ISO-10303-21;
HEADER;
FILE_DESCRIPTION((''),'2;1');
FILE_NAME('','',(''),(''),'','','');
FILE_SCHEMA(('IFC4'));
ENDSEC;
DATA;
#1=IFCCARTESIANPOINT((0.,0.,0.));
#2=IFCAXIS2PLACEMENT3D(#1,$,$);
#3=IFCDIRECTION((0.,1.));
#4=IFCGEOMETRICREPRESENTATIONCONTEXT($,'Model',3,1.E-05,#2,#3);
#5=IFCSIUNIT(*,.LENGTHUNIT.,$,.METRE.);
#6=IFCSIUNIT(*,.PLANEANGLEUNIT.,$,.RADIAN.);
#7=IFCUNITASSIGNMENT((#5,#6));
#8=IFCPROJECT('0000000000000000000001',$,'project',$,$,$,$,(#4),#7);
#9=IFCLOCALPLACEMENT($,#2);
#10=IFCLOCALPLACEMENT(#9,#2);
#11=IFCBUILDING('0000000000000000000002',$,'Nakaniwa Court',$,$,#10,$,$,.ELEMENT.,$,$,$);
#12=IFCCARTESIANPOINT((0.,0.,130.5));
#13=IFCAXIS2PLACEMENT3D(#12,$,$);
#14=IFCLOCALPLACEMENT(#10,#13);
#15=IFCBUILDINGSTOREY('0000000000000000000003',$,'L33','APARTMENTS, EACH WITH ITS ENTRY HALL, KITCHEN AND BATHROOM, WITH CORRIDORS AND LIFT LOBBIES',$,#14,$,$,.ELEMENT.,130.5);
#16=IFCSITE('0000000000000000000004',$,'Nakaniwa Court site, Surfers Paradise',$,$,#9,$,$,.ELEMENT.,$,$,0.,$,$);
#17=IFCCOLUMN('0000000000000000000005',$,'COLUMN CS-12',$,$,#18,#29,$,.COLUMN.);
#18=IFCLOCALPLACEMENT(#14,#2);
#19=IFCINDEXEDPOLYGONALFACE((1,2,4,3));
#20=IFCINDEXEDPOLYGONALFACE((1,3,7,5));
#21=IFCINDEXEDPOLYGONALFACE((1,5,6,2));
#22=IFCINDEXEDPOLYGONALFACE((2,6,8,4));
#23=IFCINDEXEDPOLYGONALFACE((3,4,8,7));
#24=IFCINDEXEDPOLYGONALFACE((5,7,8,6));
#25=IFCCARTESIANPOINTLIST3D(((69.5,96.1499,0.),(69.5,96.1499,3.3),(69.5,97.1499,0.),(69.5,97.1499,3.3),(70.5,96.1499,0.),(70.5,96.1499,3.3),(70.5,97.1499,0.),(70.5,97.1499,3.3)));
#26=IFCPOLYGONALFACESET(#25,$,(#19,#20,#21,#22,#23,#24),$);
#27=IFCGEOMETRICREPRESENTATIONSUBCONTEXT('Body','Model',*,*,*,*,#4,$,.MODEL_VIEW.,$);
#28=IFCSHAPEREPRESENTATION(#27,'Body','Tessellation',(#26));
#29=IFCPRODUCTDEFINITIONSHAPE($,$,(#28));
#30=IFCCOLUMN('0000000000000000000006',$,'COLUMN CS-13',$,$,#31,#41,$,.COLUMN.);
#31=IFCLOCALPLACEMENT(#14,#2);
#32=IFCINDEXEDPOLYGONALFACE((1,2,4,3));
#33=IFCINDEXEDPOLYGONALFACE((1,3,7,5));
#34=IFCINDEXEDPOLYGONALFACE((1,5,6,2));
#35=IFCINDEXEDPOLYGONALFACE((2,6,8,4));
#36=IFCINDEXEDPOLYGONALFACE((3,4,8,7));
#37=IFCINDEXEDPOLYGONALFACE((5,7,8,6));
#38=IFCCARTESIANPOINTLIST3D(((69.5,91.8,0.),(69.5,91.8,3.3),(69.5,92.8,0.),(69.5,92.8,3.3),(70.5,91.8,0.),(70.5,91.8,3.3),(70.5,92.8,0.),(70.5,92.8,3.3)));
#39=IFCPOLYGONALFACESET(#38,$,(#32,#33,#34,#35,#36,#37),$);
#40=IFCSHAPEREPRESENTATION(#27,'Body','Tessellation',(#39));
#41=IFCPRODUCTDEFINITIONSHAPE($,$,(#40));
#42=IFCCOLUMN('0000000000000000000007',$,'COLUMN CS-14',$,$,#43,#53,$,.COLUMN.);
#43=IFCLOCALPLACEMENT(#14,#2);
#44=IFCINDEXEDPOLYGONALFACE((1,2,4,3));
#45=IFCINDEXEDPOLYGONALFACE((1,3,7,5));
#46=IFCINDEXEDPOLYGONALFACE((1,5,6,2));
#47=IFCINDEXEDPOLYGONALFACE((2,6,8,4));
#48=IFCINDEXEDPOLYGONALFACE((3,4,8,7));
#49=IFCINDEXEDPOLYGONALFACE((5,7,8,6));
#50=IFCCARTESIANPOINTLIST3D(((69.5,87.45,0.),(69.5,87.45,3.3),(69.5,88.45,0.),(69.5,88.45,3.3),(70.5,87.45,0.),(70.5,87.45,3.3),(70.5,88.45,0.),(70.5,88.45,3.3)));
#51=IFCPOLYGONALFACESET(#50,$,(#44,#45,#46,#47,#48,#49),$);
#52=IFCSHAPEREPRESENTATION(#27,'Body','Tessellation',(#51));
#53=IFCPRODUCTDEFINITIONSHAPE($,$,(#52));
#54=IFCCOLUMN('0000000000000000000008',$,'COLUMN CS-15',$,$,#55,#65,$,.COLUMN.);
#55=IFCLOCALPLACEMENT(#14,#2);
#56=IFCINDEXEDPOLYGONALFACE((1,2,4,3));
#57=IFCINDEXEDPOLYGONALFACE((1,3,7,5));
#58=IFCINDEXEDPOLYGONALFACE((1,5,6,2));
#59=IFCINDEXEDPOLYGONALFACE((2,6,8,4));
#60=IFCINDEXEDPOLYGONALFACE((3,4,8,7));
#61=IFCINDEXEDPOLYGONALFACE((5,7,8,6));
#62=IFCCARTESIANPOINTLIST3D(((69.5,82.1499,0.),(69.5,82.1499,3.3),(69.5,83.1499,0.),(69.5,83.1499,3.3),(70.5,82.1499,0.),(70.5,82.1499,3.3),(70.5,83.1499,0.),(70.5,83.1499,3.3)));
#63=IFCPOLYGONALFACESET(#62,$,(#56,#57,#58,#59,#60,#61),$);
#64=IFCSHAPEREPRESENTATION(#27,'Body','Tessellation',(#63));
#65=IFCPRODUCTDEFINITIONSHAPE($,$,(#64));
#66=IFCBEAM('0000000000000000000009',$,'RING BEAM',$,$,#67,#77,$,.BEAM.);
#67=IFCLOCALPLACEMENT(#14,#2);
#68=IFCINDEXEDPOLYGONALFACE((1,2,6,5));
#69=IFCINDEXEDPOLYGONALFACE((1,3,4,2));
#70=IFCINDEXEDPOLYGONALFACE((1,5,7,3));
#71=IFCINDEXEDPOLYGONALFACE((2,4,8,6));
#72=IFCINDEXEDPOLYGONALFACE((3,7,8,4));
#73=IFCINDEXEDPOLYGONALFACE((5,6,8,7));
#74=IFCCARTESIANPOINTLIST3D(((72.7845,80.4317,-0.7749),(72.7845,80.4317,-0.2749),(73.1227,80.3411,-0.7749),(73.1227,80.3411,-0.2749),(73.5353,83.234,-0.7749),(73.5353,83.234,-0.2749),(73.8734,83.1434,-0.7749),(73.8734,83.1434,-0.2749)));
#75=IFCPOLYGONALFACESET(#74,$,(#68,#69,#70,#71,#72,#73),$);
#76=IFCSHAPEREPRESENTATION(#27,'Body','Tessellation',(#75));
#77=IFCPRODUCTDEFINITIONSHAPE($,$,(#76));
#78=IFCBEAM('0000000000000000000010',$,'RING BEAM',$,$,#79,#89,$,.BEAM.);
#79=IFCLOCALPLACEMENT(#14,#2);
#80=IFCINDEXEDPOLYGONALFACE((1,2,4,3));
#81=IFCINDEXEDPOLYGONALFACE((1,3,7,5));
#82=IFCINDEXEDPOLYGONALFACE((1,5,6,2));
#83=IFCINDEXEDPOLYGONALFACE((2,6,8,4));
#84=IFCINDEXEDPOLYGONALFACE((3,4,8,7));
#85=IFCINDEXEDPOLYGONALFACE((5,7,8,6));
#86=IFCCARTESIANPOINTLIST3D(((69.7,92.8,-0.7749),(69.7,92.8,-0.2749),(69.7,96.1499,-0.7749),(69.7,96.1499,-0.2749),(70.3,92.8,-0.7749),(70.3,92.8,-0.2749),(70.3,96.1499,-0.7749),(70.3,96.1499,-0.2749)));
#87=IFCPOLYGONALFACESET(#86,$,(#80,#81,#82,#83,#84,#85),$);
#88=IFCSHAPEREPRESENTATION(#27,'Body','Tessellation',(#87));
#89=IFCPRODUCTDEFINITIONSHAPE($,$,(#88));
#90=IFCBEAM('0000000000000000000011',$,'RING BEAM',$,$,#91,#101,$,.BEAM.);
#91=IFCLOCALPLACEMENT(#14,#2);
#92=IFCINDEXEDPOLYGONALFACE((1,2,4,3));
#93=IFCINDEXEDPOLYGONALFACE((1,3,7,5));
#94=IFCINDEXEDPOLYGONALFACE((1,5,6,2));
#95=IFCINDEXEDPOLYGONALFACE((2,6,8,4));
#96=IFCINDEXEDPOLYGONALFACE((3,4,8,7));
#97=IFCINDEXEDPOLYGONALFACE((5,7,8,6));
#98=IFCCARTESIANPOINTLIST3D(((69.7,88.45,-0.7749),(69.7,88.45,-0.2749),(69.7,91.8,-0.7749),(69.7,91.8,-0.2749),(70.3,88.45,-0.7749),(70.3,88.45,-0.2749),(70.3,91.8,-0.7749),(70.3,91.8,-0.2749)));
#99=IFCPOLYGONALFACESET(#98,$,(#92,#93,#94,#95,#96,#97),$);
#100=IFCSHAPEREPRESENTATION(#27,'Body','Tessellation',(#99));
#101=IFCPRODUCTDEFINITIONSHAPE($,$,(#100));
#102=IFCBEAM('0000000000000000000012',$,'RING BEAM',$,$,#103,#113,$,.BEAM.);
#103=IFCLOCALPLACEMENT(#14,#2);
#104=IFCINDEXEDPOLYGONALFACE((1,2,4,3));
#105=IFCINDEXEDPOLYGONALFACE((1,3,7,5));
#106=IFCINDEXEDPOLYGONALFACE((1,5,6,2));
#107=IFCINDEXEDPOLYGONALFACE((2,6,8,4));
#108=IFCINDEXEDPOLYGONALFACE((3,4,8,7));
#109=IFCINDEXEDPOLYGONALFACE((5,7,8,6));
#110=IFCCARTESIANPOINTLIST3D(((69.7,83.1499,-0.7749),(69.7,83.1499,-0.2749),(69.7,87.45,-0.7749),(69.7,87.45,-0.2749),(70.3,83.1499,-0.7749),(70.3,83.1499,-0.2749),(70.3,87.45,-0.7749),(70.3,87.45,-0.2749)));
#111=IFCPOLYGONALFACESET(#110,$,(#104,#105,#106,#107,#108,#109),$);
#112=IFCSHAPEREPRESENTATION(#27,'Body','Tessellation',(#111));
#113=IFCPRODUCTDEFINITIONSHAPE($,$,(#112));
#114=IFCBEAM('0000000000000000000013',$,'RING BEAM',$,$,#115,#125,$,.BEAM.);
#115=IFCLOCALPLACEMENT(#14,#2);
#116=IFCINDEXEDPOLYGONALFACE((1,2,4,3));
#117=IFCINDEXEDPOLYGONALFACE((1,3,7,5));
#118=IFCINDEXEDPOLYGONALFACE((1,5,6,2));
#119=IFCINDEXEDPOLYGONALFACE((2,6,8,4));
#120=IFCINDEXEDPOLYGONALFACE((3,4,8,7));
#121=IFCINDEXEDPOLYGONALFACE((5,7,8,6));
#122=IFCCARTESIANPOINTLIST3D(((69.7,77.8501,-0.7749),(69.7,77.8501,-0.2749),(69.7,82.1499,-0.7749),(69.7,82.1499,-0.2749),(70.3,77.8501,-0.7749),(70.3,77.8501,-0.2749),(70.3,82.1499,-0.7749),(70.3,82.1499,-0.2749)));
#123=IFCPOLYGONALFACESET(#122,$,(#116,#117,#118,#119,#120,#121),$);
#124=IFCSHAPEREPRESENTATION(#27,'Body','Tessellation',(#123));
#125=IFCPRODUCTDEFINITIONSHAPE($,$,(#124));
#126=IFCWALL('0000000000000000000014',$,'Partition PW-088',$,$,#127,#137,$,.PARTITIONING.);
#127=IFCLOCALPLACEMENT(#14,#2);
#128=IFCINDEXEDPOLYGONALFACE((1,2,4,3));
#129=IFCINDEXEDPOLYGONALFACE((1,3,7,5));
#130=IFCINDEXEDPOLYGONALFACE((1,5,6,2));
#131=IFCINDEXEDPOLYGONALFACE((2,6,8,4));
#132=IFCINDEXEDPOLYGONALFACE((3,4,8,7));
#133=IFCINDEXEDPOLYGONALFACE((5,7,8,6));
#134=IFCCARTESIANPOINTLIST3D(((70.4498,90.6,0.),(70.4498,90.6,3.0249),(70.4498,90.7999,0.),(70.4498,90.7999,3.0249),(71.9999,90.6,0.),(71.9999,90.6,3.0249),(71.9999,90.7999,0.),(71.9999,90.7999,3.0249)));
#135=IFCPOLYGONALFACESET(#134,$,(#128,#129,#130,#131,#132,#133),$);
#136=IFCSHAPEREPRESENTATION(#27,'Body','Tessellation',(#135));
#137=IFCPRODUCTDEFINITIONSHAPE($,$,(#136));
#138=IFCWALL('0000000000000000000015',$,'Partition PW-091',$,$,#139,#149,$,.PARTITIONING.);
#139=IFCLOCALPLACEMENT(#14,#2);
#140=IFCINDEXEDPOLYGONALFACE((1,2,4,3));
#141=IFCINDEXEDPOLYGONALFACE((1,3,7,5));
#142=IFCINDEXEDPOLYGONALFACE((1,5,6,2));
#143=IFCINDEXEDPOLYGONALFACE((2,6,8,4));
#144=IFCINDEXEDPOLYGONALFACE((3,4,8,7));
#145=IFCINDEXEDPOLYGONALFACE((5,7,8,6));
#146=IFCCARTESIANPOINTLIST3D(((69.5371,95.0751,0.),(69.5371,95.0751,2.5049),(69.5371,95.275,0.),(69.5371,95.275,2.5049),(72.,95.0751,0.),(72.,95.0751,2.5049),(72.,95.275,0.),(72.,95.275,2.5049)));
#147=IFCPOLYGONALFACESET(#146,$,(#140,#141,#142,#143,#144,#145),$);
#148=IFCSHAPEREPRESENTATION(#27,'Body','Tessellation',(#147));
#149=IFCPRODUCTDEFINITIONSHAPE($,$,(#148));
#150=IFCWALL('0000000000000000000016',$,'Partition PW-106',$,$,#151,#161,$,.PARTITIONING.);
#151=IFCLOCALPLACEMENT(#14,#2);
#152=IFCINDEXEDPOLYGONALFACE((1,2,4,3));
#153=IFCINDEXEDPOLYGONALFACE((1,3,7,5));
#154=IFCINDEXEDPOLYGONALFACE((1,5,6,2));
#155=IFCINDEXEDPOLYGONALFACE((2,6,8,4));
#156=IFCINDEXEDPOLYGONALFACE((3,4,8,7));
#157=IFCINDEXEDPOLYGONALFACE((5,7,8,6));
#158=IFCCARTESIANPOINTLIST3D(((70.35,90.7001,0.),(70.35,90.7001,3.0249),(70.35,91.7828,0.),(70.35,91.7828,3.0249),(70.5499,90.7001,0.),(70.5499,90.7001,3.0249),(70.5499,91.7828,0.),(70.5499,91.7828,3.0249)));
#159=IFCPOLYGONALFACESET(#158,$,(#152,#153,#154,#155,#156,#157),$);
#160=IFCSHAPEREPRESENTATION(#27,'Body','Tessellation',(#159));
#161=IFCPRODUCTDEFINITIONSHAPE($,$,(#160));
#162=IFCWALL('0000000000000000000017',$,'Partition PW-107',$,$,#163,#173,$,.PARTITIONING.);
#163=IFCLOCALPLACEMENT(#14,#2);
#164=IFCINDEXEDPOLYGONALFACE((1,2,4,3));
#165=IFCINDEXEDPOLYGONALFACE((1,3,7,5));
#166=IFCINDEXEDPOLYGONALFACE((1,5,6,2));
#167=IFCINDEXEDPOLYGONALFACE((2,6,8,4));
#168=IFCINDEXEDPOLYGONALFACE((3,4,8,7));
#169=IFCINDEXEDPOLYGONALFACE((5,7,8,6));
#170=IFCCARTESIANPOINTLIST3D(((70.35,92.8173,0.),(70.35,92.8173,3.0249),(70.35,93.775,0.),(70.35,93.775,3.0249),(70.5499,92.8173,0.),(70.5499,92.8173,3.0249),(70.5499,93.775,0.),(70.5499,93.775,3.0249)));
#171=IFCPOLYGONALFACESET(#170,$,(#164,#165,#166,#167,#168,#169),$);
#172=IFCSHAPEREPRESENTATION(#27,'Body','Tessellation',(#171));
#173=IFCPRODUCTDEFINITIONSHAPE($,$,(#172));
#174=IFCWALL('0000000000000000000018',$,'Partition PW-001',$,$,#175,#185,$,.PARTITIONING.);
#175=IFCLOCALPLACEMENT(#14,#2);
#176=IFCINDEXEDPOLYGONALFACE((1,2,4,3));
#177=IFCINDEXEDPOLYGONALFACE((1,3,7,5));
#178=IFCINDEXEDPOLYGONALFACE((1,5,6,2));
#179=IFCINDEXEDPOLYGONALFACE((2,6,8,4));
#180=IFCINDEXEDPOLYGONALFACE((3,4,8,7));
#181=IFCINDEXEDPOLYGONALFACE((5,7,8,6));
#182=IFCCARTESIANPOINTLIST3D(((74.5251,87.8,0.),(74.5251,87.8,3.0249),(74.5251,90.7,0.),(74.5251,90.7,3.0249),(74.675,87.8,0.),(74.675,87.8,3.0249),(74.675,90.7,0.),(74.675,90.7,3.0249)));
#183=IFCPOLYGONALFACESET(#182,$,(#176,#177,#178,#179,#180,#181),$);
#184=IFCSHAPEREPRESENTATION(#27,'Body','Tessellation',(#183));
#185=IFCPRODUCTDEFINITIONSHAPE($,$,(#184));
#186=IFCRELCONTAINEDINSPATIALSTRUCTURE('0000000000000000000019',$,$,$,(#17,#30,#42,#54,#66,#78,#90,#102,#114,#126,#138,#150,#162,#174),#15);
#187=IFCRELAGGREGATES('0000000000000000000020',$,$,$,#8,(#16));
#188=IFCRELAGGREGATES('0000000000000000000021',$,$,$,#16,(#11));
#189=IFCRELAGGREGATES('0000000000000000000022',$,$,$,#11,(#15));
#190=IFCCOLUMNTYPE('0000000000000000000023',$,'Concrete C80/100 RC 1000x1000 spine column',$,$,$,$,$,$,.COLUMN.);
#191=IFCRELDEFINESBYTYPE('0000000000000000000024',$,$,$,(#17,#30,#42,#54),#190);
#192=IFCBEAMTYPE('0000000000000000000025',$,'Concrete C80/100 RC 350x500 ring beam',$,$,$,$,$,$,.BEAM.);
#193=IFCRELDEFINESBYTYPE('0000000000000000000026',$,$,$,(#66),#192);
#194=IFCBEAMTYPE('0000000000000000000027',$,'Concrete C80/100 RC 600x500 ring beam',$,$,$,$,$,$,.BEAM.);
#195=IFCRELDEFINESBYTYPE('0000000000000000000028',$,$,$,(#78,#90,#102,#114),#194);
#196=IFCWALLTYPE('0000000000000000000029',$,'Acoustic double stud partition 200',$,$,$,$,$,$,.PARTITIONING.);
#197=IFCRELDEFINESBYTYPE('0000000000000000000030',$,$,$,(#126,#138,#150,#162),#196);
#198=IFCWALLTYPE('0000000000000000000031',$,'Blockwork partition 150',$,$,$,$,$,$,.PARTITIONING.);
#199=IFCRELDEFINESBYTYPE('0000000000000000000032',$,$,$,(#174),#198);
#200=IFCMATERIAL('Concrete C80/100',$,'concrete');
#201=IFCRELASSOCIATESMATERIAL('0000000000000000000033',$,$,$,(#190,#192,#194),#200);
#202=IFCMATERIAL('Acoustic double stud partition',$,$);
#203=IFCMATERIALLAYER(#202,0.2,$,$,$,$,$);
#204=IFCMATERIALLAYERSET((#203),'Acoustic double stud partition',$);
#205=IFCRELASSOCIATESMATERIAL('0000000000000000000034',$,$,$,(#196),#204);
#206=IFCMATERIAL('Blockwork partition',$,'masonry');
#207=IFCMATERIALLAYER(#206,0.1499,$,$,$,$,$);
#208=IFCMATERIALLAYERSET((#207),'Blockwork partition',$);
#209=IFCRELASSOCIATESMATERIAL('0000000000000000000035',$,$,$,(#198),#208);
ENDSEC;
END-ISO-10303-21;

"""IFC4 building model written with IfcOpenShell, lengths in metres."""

from ifc_helpers import new_model, si_unit, direction, frame, frame_2d, origin, origin_2d, place, context, subcontext, project, spatial, rectangle, extrude, material, layer, layer_set, material_profile, profile_set, type_object, element, save


model = new_model("IFC4")

# Units and contexts
model_context = context("Model", 3, precision=1e-05, world=origin(), true_north=direction((0.0, 1.0)))
body_context = subcontext(model_context, "Body", "Model", "MODEL_VIEW")
ifc_project = project(units=[si_unit("LENGTHUNIT", "METRE"), si_unit("PLANEANGLEUNIT", "RADIAN")], contexts=[model_context])

# Site, building, storey
site_placement = place(None, origin())
site = spatial("IfcSite", under=ifc_project, at=site_placement, Name="Nakaniwa Court site, Surfers Paradise", CompositionType="ELEMENT", RefElevation=0.0)
building_placement = place(site_placement, origin())
building = spatial("IfcBuilding", under=site, at=building_placement, Name="Nakaniwa Court", CompositionType="ELEMENT")
storey_placement = place(building_placement, frame((0.0, 0.0, 130.5)))
storey = spatial("IfcBuildingStorey", under=building, at=storey_placement, Name="L33", Description="APARTMENTS, EACH WITH ITS ENTRY HALL, KITCHEN AND BATHROOM, WITH CORRIDORS AND LIFT LOBBIES", CompositionType="ELEMENT", Elevation=130.5)

# Columns
ifc_material_1 = material(Name="Concrete C80/100", Category="concrete")
ifc_material_profile_1 = material_profile(ifc_material_1, rectangle(XDim=1.0, YDim=1.0, at=origin_2d()), Name="Concrete C80/100 RC 1000x1000 spine column")
ifc_profile_set_1 = profile_set([ifc_material_profile_1], Name="Concrete C80/100")
column_type_1 = type_object("IfcColumnType", Name="Concrete C80/100 RC 1000x1000 spine column", PredefinedType="COLUMN", material=ifc_profile_set_1)
for number, where, z_axis, x_axis, name in (
    (1, (70.0, 96.6499, 0.0), (0.0, 0.0, 1.0), (0.0, -1.0, 0.0), "COLUMN CS-12"),
    (2, (70.0, 92.3, 0.0), (0.0, 0.0, 1.0), (0.0, -1.0, 0.0), "COLUMN CS-13"),
    (3, (70.0, 87.95, 0.0), (0.0, 0.0, 1.0), (0.0, -1.0, 0.0), "COLUMN CS-14"),
    (4, (70.0, 82.6499, 0.0), (0.0, 0.0, 1.0), (0.0, -1.0, 0.0), "COLUMN CS-15"),
):
    element("IfcColumn", number, at=place(storey_placement, frame(where, z_axis=z_axis, x_axis=x_axis)), inside=storey, type_object=column_type_1, Name=name, PredefinedType="COLUMN", context=body_context, shape_type="SweptSolid", body=[
        extrude(rectangle(XDim=1.0, YDim=1.0, at=origin_2d()), origin(), (0.0, 0.0, 1.0), 3.3),
    ])

# Beams
ifc_material_profile_2 = material_profile(ifc_material_1, rectangle(XDim=0.3501, YDim=0.5, at=origin_2d()), Name="Concrete C80/100 RC 350x500 ring beam")
ifc_profile_set_2 = profile_set([ifc_material_profile_2], Name="Concrete C80/100")
beam_type_1 = type_object("IfcBeamType", Name="Concrete C80/100 RC 350x500 ring beam", PredefinedType="BEAM", material=ifc_profile_set_2)
beam_1_placement = place(storey_placement, frame((73.7043, 83.1887, -0.5249), z_axis=(-0.258778, -0.965937, 0.0), x_axis=(0.965937, -0.258778, 0.0)))
element("IfcBeam", 5, at=beam_1_placement, inside=storey, type_object=beam_type_1, Name="RING BEAM", PredefinedType="BEAM", context=body_context, shape_type="SweptSolid", body=[
    extrude(rectangle(XDim=0.3501, YDim=0.5, at=origin_2d()), origin(), (0.0, 0.0, 1.0), 2.9011),
])
ifc_material_profile_3 = material_profile(ifc_material_1, rectangle(XDim=0.6001, YDim=0.5, at=origin_2d()), Name="Concrete C80/100 RC 600x500 ring beam")
ifc_profile_set_3 = profile_set([ifc_material_profile_3], Name="Concrete C80/100")
beam_type_2 = type_object("IfcBeamType", Name="Concrete C80/100 RC 600x500 ring beam", PredefinedType="BEAM", material=ifc_profile_set_3)
beam_2_placement = place(storey_placement, frame((70.0, 96.1499, -0.5249), z_axis=(0.0, -1.0, 0.0), x_axis=(1.0, 0.0, 0.0)))
element("IfcBeam", 6, at=beam_2_placement, inside=storey, type_object=beam_type_2, Name="RING BEAM", PredefinedType="BEAM", context=body_context, shape_type="SweptSolid", body=[
    extrude(rectangle(XDim=0.6001, YDim=0.5, at=origin_2d()), origin(), (0.0, 0.0, 1.0), 3.3499),
])
beam_3_placement = place(storey_placement, frame((70.0, 91.8, -0.5249), z_axis=(0.0, -1.0, 0.0), x_axis=(1.0, 0.0, 0.0)))
element("IfcBeam", 7, at=beam_3_placement, inside=storey, type_object=beam_type_2, Name="RING BEAM", PredefinedType="BEAM", context=body_context, shape_type="SweptSolid", body=[
    extrude(rectangle(XDim=0.6001, YDim=0.5, at=origin_2d()), origin(), (0.0, 0.0, 1.0), 3.3501),
])
beam_4_placement = place(storey_placement, frame((70.0, 87.45, -0.5249), z_axis=(0.0, -1.0, 0.0), x_axis=(1.0, 0.0, 0.0)))
element("IfcBeam", 8, at=beam_4_placement, inside=storey, type_object=beam_type_2, Name="RING BEAM", PredefinedType="BEAM", context=body_context, shape_type="SweptSolid", body=[
    extrude(rectangle(XDim=0.6001, YDim=0.5, at=origin_2d()), origin(), (0.0, 0.0, 1.0), 4.3),
])
beam_5_placement = place(storey_placement, frame((70.0, 82.1499, -0.5249), z_axis=(0.0, -1.0, 0.0), x_axis=(1.0, 0.0, 0.0)))
element("IfcBeam", 9, at=beam_5_placement, inside=storey, type_object=beam_type_2, Name="RING BEAM", PredefinedType="BEAM", context=body_context, shape_type="SweptSolid", body=[
    extrude(rectangle(XDim=0.6001, YDim=0.5, at=origin_2d()), origin(), (0.0, 0.0, 1.0), 4.2998),
])

# Walls
ifc_material_2 = material(Name="Acoustic double stud partition")
ifc_layer_1 = layer(ifc_material_2, 0.2)
ifc_layer_set_1 = layer_set([ifc_layer_1], Name="Acoustic double stud partition")
wall_type_1 = type_object("IfcWallType", Name="Acoustic double stud partition 200", PredefinedType="PARTITIONING", material=ifc_layer_set_1)
wall_1_placement = place(storey_placement, frame((70.45, 90.7, 0.0), z_axis=(0.0, 0.0, 1.0), x_axis=(1.0, 0.0, 0.0)))
element("IfcWall", 10, at=wall_1_placement, inside=storey, type_object=wall_type_1, Name="Partition PW-088", PredefinedType="PARTITIONING", context=body_context, shape_type="SweptSolid", body=[
    extrude(rectangle(XDim=1.55, YDim=0.2, at=frame_2d((0.7749, 0.0))), origin(), (0.0, 0.0, 1.0), 3.0249),
])
wall_2_placement = place(storey_placement, frame((69.5371, 95.175, 0.0), z_axis=(0.0, 0.0, 1.0), x_axis=(1.0, 0.0, 0.0)))
element("IfcWall", 11, at=wall_2_placement, inside=storey, type_object=wall_type_1, Name="Partition PW-091", PredefinedType="PARTITIONING", context=body_context, shape_type="SweptSolid", body=[
    extrude(rectangle(XDim=2.4629, YDim=0.2, at=frame_2d((1.2314, 0.0))), origin(), (0.0, 0.0, 1.0), 2.5049),
])
wall_3_placement = place(storey_placement, frame((70.45, 90.7, 0.0), z_axis=(0.0, 0.0, 1.0), x_axis=(0.0, 1.0, 0.0)))
element("IfcWall", 12, at=wall_3_placement, inside=storey, type_object=wall_type_1, Name="Partition PW-106", PredefinedType="PARTITIONING", context=body_context, shape_type="SweptSolid", body=[
    extrude(rectangle(XDim=1.0828, YDim=0.2, at=frame_2d((0.5415, 0.0))), origin(), (0.0, 0.0, 1.0), 3.0249),
])
wall_4_placement = place(storey_placement, frame((70.45, 92.8171, 0.0), z_axis=(0.0, 0.0, 1.0), x_axis=(0.0, 1.0, 0.0)))
element("IfcWall", 13, at=wall_4_placement, inside=storey, type_object=wall_type_1, Name="Partition PW-107", PredefinedType="PARTITIONING", context=body_context, shape_type="SweptSolid", body=[
    extrude(rectangle(XDim=0.9578, YDim=0.2, at=frame_2d((0.479, 0.0))), origin(), (0.0, 0.0, 1.0), 3.0249),
])
ifc_material_3 = material(Name="Blockwork partition", Category="masonry")
ifc_layer_2 = layer(ifc_material_3, 0.1499)
ifc_layer_set_2 = layer_set([ifc_layer_2], Name="Blockwork partition")
wall_type_2 = type_object("IfcWallType", Name="Blockwork partition 150", PredefinedType="PARTITIONING", material=ifc_layer_set_2)
wall_5_placement = place(storey_placement, frame((74.6001, 87.8, 0.0), z_axis=(0.0, 0.0, 1.0), x_axis=(0.0, 1.0, 0.0)))
element("IfcWall", 14, at=wall_5_placement, inside=storey, type_object=wall_type_2, Name="Partition PW-001", PredefinedType="PARTITIONING", context=body_context, shape_type="SweptSolid", body=[
    extrude(rectangle(XDim=2.8999, YDim=0.1499, at=frame_2d((1.45, 0.0))), origin(), (0.0, 0.0, 1.0), 3.0249),
])

save(model, "model.ifc")
